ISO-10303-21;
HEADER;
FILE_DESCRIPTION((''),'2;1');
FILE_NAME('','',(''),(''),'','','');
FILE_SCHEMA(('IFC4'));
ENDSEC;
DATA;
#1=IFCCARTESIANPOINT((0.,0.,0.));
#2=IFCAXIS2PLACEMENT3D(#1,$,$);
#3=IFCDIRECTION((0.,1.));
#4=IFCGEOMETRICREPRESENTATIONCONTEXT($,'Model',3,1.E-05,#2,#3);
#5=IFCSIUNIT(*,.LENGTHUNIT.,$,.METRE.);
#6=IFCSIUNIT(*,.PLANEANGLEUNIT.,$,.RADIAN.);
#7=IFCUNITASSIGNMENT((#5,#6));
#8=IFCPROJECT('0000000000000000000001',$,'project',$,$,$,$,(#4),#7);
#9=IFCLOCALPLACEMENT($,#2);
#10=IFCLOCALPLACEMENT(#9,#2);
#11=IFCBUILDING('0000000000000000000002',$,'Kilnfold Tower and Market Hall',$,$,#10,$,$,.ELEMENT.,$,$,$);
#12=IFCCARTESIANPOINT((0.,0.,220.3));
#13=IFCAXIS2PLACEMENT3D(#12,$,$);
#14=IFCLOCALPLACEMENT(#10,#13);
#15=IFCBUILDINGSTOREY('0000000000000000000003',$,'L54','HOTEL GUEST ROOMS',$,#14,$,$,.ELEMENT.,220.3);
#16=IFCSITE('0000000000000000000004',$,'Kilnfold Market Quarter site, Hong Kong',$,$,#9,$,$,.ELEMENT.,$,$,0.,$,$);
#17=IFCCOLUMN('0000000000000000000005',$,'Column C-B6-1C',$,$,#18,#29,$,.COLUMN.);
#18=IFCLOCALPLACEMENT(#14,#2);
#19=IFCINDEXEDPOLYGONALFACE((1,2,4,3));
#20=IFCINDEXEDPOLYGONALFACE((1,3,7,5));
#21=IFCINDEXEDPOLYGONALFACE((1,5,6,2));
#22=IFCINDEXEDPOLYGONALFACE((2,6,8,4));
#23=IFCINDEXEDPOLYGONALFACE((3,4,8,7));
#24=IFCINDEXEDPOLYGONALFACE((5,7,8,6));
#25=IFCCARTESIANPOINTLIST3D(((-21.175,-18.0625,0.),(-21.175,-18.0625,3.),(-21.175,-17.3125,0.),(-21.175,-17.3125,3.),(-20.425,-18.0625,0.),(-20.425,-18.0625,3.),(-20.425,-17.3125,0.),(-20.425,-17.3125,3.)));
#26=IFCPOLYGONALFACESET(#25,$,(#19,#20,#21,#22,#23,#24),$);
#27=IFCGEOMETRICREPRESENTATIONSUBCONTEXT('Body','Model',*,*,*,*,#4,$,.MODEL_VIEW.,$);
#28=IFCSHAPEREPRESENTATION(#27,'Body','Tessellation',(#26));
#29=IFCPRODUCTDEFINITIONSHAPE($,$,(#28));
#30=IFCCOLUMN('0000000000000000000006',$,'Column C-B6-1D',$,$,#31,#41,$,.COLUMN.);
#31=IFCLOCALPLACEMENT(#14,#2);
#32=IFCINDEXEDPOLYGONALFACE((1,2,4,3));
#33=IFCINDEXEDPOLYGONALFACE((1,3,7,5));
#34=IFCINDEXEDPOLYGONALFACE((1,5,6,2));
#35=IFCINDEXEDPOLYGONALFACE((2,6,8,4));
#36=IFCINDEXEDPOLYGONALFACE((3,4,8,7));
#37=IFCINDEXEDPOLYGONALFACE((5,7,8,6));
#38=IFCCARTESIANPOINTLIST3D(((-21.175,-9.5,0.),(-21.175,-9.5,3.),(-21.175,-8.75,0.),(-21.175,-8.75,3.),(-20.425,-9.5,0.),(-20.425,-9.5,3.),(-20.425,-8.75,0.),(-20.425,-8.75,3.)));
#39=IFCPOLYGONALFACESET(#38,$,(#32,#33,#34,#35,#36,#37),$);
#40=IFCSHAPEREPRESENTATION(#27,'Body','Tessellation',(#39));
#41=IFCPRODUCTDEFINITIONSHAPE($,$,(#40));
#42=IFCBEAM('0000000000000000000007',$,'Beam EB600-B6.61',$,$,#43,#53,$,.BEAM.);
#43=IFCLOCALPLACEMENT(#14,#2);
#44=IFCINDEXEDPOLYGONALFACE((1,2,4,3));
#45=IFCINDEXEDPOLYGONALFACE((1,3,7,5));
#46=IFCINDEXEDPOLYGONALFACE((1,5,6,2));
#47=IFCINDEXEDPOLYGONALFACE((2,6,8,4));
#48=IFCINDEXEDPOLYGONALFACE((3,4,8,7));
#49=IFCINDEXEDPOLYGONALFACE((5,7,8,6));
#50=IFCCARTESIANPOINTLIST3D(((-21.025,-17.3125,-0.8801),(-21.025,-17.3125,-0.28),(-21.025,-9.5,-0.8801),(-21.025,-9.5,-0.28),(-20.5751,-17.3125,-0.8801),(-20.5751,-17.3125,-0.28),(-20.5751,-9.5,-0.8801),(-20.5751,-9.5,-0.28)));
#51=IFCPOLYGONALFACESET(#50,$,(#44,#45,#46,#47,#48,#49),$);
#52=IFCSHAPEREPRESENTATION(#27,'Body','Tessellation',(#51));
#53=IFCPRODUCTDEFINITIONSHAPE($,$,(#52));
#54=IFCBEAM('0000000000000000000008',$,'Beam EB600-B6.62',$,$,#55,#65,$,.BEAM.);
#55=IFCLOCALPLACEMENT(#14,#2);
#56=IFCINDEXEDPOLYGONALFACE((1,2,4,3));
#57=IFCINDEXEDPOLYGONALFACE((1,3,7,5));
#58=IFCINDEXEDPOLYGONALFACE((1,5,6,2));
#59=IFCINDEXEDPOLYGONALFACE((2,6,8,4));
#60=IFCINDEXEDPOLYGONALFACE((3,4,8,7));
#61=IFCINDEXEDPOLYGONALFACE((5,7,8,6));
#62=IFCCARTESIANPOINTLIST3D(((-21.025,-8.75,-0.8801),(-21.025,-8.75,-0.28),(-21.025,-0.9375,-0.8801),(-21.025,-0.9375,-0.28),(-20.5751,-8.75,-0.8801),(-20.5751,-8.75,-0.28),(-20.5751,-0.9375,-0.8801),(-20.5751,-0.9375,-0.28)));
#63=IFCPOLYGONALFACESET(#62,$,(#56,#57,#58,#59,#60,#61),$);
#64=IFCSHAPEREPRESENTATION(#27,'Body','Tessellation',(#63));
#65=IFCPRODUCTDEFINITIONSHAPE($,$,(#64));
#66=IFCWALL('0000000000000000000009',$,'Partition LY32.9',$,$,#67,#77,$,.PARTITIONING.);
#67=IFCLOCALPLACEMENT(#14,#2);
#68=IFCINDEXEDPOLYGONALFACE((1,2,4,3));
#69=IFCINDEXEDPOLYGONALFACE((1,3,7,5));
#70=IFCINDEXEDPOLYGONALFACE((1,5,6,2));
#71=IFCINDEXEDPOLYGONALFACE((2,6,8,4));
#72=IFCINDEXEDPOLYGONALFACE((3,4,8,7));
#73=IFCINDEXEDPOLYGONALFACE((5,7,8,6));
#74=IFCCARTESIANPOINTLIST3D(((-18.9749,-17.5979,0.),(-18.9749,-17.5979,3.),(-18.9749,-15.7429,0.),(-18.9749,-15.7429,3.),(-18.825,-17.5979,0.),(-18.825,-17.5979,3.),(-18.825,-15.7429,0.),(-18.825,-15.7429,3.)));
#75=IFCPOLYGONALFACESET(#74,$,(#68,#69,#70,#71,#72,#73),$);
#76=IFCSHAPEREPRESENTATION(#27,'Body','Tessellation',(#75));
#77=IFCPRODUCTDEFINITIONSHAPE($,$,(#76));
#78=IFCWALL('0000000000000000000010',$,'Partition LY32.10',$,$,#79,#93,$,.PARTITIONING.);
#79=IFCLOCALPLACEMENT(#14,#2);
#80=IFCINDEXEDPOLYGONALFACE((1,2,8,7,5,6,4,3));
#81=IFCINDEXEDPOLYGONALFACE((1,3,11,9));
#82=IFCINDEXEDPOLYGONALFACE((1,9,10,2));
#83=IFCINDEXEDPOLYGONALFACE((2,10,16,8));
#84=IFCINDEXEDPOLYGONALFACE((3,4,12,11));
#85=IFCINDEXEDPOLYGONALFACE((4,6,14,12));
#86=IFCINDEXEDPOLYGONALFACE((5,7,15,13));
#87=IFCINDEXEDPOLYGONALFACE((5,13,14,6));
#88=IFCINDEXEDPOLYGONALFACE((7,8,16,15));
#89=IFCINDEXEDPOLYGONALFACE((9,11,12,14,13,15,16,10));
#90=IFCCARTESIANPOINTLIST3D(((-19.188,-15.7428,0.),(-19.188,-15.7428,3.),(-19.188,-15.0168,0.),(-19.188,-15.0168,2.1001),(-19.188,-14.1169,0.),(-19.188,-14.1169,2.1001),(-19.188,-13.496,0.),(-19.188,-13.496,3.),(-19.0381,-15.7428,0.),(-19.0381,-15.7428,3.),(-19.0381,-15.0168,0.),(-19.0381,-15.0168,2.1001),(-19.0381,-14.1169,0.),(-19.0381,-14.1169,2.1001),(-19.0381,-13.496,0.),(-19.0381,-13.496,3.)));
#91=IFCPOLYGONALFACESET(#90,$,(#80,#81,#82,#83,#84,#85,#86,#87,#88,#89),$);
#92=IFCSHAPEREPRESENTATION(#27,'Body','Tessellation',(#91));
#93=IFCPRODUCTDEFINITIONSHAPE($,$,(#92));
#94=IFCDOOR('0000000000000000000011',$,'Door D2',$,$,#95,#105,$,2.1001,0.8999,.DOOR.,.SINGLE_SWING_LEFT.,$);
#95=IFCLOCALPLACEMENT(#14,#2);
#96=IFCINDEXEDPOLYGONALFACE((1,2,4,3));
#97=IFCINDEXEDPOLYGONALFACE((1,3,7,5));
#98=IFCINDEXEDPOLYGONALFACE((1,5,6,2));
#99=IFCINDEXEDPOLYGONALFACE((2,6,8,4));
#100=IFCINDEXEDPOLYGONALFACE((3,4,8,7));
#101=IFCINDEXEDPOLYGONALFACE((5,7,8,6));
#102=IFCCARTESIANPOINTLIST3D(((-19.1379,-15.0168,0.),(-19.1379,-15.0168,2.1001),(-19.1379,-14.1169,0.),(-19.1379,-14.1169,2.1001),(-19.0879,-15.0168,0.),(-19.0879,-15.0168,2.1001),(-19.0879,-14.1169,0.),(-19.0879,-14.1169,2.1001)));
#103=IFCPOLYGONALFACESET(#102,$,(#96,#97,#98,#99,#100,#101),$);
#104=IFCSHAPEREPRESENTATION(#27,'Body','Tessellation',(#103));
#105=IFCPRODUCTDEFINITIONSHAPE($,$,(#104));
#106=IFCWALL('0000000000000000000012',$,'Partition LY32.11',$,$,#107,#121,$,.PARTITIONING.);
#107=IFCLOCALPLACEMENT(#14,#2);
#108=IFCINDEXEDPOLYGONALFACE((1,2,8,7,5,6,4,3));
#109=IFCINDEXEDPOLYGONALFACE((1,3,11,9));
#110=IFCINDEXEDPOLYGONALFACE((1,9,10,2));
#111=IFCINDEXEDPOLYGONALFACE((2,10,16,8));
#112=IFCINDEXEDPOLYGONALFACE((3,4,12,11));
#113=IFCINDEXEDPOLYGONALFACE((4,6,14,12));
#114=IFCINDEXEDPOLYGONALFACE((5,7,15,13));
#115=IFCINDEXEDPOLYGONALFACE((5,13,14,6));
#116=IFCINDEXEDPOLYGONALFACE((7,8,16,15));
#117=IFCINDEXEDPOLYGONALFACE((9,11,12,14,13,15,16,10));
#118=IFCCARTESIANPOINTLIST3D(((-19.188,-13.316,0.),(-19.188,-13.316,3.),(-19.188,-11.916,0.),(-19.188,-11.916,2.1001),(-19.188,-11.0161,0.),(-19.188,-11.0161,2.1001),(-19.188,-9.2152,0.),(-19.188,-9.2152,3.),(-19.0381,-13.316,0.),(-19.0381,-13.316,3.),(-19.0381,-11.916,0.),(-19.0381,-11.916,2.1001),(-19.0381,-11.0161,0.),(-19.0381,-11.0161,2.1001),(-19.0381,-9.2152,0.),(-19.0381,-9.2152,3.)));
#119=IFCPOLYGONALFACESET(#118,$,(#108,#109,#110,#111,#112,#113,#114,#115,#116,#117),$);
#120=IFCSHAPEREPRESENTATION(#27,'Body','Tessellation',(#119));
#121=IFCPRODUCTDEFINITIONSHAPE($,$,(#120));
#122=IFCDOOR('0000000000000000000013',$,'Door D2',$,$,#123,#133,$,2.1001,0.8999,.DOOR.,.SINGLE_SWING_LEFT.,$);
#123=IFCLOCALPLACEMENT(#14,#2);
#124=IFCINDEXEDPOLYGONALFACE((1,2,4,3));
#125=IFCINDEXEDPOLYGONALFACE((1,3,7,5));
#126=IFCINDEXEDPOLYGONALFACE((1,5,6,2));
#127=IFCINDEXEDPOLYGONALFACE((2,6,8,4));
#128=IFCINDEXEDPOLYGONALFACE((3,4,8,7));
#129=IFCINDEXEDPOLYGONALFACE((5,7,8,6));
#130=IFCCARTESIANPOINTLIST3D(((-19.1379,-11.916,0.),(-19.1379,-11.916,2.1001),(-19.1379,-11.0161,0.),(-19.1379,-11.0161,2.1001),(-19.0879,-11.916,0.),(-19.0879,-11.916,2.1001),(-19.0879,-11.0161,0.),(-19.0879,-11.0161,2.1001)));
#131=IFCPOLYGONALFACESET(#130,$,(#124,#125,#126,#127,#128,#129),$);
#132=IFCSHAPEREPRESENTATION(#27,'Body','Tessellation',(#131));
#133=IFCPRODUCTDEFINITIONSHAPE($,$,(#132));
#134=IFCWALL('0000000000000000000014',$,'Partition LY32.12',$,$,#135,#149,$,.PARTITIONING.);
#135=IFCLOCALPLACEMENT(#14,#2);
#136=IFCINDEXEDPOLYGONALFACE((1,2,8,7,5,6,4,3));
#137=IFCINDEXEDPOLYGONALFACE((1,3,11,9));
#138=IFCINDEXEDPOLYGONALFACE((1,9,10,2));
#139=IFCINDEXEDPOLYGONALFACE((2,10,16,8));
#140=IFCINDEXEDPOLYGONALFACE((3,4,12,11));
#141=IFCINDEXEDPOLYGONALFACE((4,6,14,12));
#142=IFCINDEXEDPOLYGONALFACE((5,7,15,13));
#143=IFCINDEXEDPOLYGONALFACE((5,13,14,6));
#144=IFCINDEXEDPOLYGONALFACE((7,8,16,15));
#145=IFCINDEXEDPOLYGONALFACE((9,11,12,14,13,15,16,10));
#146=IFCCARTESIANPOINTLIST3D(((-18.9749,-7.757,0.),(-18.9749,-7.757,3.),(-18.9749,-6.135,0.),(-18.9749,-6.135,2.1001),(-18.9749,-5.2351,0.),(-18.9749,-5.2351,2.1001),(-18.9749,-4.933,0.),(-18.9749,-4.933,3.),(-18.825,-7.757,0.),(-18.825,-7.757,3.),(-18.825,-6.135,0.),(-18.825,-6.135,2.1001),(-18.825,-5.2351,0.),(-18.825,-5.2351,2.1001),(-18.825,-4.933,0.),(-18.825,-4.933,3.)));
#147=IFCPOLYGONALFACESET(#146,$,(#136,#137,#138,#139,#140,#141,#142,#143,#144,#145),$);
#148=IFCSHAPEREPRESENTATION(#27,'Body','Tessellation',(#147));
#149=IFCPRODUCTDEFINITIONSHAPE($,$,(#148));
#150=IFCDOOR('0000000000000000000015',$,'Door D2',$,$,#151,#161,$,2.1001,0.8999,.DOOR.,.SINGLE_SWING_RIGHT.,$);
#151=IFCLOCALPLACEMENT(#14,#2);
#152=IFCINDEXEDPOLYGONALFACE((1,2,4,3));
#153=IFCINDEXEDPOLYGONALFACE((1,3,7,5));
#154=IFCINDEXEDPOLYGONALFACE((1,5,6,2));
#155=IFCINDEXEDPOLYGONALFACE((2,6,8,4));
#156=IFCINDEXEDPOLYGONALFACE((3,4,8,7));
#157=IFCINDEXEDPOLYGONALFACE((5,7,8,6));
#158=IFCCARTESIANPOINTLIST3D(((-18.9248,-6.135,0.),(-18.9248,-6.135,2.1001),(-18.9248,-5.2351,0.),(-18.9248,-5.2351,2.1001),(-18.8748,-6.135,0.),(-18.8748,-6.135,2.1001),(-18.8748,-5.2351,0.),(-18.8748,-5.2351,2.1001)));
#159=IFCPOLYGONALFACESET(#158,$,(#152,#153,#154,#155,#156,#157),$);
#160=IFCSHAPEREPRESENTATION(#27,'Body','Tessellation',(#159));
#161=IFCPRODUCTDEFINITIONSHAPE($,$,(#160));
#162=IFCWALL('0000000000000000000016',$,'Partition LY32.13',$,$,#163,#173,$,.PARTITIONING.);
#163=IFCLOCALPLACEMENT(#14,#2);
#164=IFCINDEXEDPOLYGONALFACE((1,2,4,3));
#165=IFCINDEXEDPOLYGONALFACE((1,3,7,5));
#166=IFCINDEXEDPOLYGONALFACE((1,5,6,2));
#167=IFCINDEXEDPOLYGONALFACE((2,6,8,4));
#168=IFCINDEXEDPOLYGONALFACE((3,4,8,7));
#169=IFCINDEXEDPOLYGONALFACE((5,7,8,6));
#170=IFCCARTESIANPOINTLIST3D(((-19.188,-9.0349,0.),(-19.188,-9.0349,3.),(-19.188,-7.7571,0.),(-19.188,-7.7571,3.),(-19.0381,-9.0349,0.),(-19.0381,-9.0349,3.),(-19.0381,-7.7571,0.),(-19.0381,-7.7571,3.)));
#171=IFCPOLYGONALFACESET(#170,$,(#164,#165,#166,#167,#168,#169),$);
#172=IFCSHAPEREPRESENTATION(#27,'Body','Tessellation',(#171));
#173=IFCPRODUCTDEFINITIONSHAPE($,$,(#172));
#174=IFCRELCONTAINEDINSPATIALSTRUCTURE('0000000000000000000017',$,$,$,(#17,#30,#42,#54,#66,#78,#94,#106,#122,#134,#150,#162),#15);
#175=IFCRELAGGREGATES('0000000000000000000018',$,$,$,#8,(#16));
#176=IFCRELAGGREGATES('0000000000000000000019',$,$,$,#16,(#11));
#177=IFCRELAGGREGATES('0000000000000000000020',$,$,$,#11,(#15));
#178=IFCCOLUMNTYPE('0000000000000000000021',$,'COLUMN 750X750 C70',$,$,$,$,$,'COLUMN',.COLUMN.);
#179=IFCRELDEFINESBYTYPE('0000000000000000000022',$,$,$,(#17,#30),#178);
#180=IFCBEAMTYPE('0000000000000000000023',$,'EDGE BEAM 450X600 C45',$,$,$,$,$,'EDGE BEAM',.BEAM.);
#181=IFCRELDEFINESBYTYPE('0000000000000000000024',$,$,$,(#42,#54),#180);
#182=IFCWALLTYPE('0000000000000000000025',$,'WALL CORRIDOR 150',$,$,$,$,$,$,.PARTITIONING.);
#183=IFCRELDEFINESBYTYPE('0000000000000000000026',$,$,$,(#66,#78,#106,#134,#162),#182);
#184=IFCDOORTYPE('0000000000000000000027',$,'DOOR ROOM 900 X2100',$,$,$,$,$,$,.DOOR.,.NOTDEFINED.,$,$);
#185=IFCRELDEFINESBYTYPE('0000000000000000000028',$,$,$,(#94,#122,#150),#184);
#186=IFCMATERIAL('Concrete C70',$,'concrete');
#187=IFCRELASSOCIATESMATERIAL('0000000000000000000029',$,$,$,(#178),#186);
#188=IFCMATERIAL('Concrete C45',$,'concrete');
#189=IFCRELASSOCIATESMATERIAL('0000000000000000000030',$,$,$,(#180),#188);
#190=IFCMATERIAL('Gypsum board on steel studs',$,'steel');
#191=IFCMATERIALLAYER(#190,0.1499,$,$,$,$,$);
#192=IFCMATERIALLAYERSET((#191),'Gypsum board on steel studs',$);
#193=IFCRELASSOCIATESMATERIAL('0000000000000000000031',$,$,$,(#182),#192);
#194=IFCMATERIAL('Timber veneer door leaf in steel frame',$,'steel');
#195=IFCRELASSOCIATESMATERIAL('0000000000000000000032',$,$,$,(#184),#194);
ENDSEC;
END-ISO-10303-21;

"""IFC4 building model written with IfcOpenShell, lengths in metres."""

from ifc_helpers import new_model, si_unit, direction, frame, frame_2d, origin, origin_2d, place, context, subcontext, project, spatial, rectangle, extrude, source, transform, mapped, material, layer, layer_set, material_profile, profile_set, type_object, element, fill, save


model = new_model("IFC4")

# Units and contexts
model_context = context("Model", 3, precision=1e-05, world=origin(), true_north=direction((0.0, 1.0)))
body_context = subcontext(model_context, "Body", "Model", "MODEL_VIEW")
ifc_project = project(units=[si_unit("LENGTHUNIT", "METRE"), si_unit("PLANEANGLEUNIT", "RADIAN")], contexts=[model_context])

# Site, building, storey
site_placement = place(None, origin())
site = spatial("IfcSite", under=ifc_project, at=site_placement, Name="Kilnfold Market Quarter site, Hong Kong", CompositionType="ELEMENT", RefElevation=0.0)
building_placement = place(site_placement, origin())
building = spatial("IfcBuilding", under=site, at=building_placement, Name="Kilnfold Tower and Market Hall", CompositionType="ELEMENT")
storey_placement = place(building_placement, frame((0.0, 0.0, 220.3)))
storey = spatial("IfcBuildingStorey", under=building, at=storey_placement, Name="L54", Description="HOTEL GUEST ROOMS", CompositionType="ELEMENT", Elevation=220.3)

# Columns
ifc_material_1 = material(Name="Concrete C70", Category="concrete")
ifc_material_profile_1 = material_profile(ifc_material_1, rectangle(XDim=0.75, YDim=0.75, at=origin_2d()), Name="RC 750x750")
ifc_profile_set_1 = profile_set([ifc_material_profile_1], Name="Concrete C70")
column_type = type_object("IfcColumnType", Name="COLUMN 750X750 C70", ElementType="COLUMN", PredefinedType="COLUMN", material=ifc_profile_set_1)
shared_shape_1 = source(origin(), body_context, "Body", "SweptSolid", [
    extrude(rectangle(XDim=0.75, YDim=0.75, at=origin_2d()), origin(), (0.0, 0.0, 1.0), 3.0),
])
for number, where, z_axis, x_axis, name in (
    (1, (-20.8, -17.6875, 0.0), (0.0, 0.0, 1.0), (1.0, 0.0, 0.0), "Column C-B6-1C"),
    (2, (-20.8, -9.125, 0.0), (0.0, 0.0, 1.0), (1.0, 0.0, 0.0), "Column C-B6-1D"),
):
    element("IfcColumn", number, at=place(storey_placement, frame(where, z_axis=z_axis, x_axis=x_axis)), inside=storey, type_object=column_type, Name=name, PredefinedType="COLUMN", context=body_context, shape_type="MappedRepresentation", body=[
        mapped(shared_shape_1, transform((0.0, 0.0, 0.0))),
    ])

# Beams
ifc_material_2 = material(Name="Concrete C45", Category="concrete")
ifc_material_profile_2 = material_profile(ifc_material_2, rectangle(XDim=0.45, YDim=0.6001, at=origin_2d()), Name="RC 450x600")
ifc_profile_set_2 = profile_set([ifc_material_profile_2], Name="Concrete C45")
beam_type = type_object("IfcBeamType", Name="EDGE BEAM 450X600 C45", ElementType="EDGE BEAM", PredefinedType="BEAM", material=ifc_profile_set_2)
shared_shape_2 = source(origin(), body_context, "Body", "SweptSolid", [
    extrude(rectangle(XDim=0.45, YDim=0.6001, at=origin_2d()), origin(), (0.0, 0.0, 1.0), 7.8125),
])
for number, where, z_axis, x_axis, name in (
    (3, (-20.8, -17.3125, -0.5801), (0.0, 1.0, 0.0), (-1.0, 0.0, 0.0), "Beam EB600-B6.61"),
    (4, (-20.8, -8.75, -0.5801), (0.0, 1.0, 0.0), (-1.0, 0.0, 0.0), "Beam EB600-B6.62"),
):
    element("IfcBeam", number, at=place(storey_placement, frame(where, z_axis=z_axis, x_axis=x_axis)), inside=storey, type_object=beam_type, Name=name, PredefinedType="BEAM", context=body_context, shape_type="MappedRepresentation", body=[
        mapped(shared_shape_2, transform((0.0, 0.0, 0.0))),
    ])

# Wall
ifc_material_3 = material(Name="Gypsum board on steel studs", Category="steel")
ifc_layer_1 = layer(ifc_material_3, 0.1499)
ifc_layer_set_1 = layer_set([ifc_layer_1], Name="Gypsum board on steel studs")
wall_type_1 = type_object("IfcWallType", Name="WALL CORRIDOR 150", PredefinedType="PARTITIONING", material=ifc_layer_set_1)
wall_1_placement = place(storey_placement, frame((-18.8999, -17.5979, 0.0), z_axis=(0.0, 0.0, 1.0), x_axis=(0.0, 1.0, 0.0)))
element("IfcWall", 5, at=wall_1_placement, inside=storey, type_object=wall_type_1, Name="Partition LY32.9", PredefinedType="PARTITIONING", context=body_context, shape_type="SweptSolid", body=[
    extrude(rectangle(XDim=1.855, YDim=0.1499, at=frame_2d((0.9275, 0.0))), origin(), (0.0, 0.0, 1.0), 3.0),
])

# Walls, openings, doors
wall_2_placement = place(storey_placement, frame((-19.113, -15.7429, 0.0), z_axis=(0.0, 0.0, 1.0), x_axis=(0.0, 1.0, 0.0)))
wall_2 = element("IfcWall", 6, at=wall_2_placement, inside=storey, type_object=wall_type_1, Name="Partition LY32.10", PredefinedType="PARTITIONING", context=body_context, shape_type="SweptSolid", body=[
    extrude(rectangle(XDim=2.2468, YDim=0.1499, at=frame_2d((1.1235, 0.0))), origin(), (0.0, 0.0, 1.0), 3.0),
])
opening_1_placement = place(wall_2_placement, frame((0.7261, 0.0, 0.0)))
opening_1 = element("IfcOpeningElement", 7, at=opening_1_placement, cuts=wall_2, PredefinedType="OPENING", context=body_context, shape_type="SweptSolid", body=[
    extrude(rectangle(XDim=0.8999, YDim=2.1001, at=frame_2d((0.45, 1.05))), frame((0.0, 0.085, 0.0), z_axis=(0.0, -1.0, 0.0), x_axis=(1.0, 0.0, 0.0)), (0.0, 0.0, 1.0), 0.1699),
])
ifc_material_4 = material(Name="Timber veneer door leaf in steel frame", Category="steel")
door_type_1 = type_object("IfcDoorType", Name="DOOR ROOM 900 X2100", OperationType="NOTDEFINED", PredefinedType="DOOR", material=ifc_material_4)
door_1_placement = place(opening_1_placement, origin())
door_1 = element("IfcDoor", 8, at=door_1_placement, inside=storey, type_object=door_type_1, Name="Door D2", OperationType="SINGLE_SWING_LEFT", OverallHeight=2.1001, OverallWidth=0.8999, PredefinedType="DOOR", context=body_context, shape_type="SweptSolid", body=[
    extrude(rectangle(XDim=0.8999, YDim=2.1001, at=frame_2d((0.45, 1.05))), frame((0.0, 0.0249, 0.0), z_axis=(0.0, -1.0, 0.0), x_axis=(1.0, 0.0, 0.0)), (0.0, 0.0, 1.0), 0.05),
])
fill(opening_1, door_1)
wall_3_placement = place(storey_placement, frame((-19.113, -13.3159, 0.0), z_axis=(0.0, 0.0, 1.0), x_axis=(0.0, 1.0, 0.0)))
wall_3 = element("IfcWall", 9, at=wall_3_placement, inside=storey, type_object=wall_type_1, Name="Partition LY32.11", PredefinedType="PARTITIONING", context=body_context, shape_type="SweptSolid", body=[
    extrude(rectangle(XDim=4.1008, YDim=0.1499, at=frame_2d((2.0503, 0.0))), origin(), (0.0, 0.0, 1.0), 3.0),
])
opening_2_placement = place(wall_3_placement, frame((1.3999, 0.0, 0.0)))
opening_2 = element("IfcOpeningElement", 10, at=opening_2_placement, cuts=wall_3, PredefinedType="OPENING", context=body_context, shape_type="SweptSolid", body=[
    extrude(rectangle(XDim=0.8999, YDim=2.1001, at=frame_2d((0.45, 1.05))), frame((0.0, 0.085, 0.0), z_axis=(0.0, -1.0, 0.0), x_axis=(1.0, 0.0, 0.0)), (0.0, 0.0, 1.0), 0.1699),
])
door_2_placement = place(opening_2_placement, origin())
door_2 = element("IfcDoor", 11, at=door_2_placement, inside=storey, type_object=door_type_1, Name="Door D2", OperationType="SINGLE_SWING_LEFT", OverallHeight=2.1001, OverallWidth=0.8999, PredefinedType="DOOR", context=body_context, shape_type="SweptSolid", body=[
    extrude(rectangle(XDim=0.8999, YDim=2.1001, at=frame_2d((0.45, 1.05))), frame((0.0, 0.0249, 0.0), z_axis=(0.0, -1.0, 0.0), x_axis=(1.0, 0.0, 0.0)), (0.0, 0.0, 1.0), 0.05),
])
fill(opening_2, door_2)
wall_4_placement = place(storey_placement, frame((-18.8999, -7.7571, 0.0), z_axis=(0.0, 0.0, 1.0), x_axis=(0.0, 1.0, 0.0)))
wall_4 = element("IfcWall", 12, at=wall_4_placement, inside=storey, type_object=wall_type_1, Name="Partition LY32.12", PredefinedType="PARTITIONING", context=body_context, shape_type="SweptSolid", body=[
    extrude(rectangle(XDim=2.824, YDim=0.1499, at=frame_2d((1.4121, 0.0))), origin(), (0.0, 0.0, 1.0), 3.0),
])
opening_3_placement = place(wall_4_placement, frame((1.6221, 0.0, 0.0)))
opening_3 = element("IfcOpeningElement", 13, at=opening_3_placement, cuts=wall_4, PredefinedType="OPENING", context=body_context, shape_type="SweptSolid", body=[
    extrude(rectangle(XDim=0.8999, YDim=2.1001, at=frame_2d((0.45, 1.05))), frame((0.0, 0.085, 0.0), z_axis=(0.0, -1.0, 0.0), x_axis=(1.0, 0.0, 0.0)), (0.0, 0.0, 1.0), 0.1699),
])
door_3_placement = place(opening_3_placement, origin())
door_3 = element("IfcDoor", 14, at=door_3_placement, inside=storey, type_object=door_type_1, Name="Door D2", OperationType="SINGLE_SWING_RIGHT", OverallHeight=2.1001, OverallWidth=0.8999, PredefinedType="DOOR", context=body_context, shape_type="SweptSolid", body=[
    extrude(rectangle(XDim=0.8999, YDim=2.1001, at=frame_2d((0.45, 1.05))), frame((0.0, 0.0249, 0.0), z_axis=(0.0, -1.0, 0.0), x_axis=(1.0, 0.0, 0.0)), (0.0, 0.0, 1.0), 0.05),
])
fill(opening_3, door_3)

# Wall
wall_5_placement = place(storey_placement, frame((-19.113, -9.0349, 0.0), z_axis=(0.0, 0.0, 1.0), x_axis=(0.0, 1.0, 0.0)))
element("IfcWall", 15, at=wall_5_placement, inside=storey, type_object=wall_type_1, Name="Partition LY32.13", PredefinedType="PARTITIONING", context=body_context, shape_type="SweptSolid", body=[
    extrude(rectangle(XDim=1.2778, YDim=0.1499, at=frame_2d((0.6389, 0.0))), origin(), (0.0, 0.0, 1.0), 3.0),
])

save(model, "model.ifc")
